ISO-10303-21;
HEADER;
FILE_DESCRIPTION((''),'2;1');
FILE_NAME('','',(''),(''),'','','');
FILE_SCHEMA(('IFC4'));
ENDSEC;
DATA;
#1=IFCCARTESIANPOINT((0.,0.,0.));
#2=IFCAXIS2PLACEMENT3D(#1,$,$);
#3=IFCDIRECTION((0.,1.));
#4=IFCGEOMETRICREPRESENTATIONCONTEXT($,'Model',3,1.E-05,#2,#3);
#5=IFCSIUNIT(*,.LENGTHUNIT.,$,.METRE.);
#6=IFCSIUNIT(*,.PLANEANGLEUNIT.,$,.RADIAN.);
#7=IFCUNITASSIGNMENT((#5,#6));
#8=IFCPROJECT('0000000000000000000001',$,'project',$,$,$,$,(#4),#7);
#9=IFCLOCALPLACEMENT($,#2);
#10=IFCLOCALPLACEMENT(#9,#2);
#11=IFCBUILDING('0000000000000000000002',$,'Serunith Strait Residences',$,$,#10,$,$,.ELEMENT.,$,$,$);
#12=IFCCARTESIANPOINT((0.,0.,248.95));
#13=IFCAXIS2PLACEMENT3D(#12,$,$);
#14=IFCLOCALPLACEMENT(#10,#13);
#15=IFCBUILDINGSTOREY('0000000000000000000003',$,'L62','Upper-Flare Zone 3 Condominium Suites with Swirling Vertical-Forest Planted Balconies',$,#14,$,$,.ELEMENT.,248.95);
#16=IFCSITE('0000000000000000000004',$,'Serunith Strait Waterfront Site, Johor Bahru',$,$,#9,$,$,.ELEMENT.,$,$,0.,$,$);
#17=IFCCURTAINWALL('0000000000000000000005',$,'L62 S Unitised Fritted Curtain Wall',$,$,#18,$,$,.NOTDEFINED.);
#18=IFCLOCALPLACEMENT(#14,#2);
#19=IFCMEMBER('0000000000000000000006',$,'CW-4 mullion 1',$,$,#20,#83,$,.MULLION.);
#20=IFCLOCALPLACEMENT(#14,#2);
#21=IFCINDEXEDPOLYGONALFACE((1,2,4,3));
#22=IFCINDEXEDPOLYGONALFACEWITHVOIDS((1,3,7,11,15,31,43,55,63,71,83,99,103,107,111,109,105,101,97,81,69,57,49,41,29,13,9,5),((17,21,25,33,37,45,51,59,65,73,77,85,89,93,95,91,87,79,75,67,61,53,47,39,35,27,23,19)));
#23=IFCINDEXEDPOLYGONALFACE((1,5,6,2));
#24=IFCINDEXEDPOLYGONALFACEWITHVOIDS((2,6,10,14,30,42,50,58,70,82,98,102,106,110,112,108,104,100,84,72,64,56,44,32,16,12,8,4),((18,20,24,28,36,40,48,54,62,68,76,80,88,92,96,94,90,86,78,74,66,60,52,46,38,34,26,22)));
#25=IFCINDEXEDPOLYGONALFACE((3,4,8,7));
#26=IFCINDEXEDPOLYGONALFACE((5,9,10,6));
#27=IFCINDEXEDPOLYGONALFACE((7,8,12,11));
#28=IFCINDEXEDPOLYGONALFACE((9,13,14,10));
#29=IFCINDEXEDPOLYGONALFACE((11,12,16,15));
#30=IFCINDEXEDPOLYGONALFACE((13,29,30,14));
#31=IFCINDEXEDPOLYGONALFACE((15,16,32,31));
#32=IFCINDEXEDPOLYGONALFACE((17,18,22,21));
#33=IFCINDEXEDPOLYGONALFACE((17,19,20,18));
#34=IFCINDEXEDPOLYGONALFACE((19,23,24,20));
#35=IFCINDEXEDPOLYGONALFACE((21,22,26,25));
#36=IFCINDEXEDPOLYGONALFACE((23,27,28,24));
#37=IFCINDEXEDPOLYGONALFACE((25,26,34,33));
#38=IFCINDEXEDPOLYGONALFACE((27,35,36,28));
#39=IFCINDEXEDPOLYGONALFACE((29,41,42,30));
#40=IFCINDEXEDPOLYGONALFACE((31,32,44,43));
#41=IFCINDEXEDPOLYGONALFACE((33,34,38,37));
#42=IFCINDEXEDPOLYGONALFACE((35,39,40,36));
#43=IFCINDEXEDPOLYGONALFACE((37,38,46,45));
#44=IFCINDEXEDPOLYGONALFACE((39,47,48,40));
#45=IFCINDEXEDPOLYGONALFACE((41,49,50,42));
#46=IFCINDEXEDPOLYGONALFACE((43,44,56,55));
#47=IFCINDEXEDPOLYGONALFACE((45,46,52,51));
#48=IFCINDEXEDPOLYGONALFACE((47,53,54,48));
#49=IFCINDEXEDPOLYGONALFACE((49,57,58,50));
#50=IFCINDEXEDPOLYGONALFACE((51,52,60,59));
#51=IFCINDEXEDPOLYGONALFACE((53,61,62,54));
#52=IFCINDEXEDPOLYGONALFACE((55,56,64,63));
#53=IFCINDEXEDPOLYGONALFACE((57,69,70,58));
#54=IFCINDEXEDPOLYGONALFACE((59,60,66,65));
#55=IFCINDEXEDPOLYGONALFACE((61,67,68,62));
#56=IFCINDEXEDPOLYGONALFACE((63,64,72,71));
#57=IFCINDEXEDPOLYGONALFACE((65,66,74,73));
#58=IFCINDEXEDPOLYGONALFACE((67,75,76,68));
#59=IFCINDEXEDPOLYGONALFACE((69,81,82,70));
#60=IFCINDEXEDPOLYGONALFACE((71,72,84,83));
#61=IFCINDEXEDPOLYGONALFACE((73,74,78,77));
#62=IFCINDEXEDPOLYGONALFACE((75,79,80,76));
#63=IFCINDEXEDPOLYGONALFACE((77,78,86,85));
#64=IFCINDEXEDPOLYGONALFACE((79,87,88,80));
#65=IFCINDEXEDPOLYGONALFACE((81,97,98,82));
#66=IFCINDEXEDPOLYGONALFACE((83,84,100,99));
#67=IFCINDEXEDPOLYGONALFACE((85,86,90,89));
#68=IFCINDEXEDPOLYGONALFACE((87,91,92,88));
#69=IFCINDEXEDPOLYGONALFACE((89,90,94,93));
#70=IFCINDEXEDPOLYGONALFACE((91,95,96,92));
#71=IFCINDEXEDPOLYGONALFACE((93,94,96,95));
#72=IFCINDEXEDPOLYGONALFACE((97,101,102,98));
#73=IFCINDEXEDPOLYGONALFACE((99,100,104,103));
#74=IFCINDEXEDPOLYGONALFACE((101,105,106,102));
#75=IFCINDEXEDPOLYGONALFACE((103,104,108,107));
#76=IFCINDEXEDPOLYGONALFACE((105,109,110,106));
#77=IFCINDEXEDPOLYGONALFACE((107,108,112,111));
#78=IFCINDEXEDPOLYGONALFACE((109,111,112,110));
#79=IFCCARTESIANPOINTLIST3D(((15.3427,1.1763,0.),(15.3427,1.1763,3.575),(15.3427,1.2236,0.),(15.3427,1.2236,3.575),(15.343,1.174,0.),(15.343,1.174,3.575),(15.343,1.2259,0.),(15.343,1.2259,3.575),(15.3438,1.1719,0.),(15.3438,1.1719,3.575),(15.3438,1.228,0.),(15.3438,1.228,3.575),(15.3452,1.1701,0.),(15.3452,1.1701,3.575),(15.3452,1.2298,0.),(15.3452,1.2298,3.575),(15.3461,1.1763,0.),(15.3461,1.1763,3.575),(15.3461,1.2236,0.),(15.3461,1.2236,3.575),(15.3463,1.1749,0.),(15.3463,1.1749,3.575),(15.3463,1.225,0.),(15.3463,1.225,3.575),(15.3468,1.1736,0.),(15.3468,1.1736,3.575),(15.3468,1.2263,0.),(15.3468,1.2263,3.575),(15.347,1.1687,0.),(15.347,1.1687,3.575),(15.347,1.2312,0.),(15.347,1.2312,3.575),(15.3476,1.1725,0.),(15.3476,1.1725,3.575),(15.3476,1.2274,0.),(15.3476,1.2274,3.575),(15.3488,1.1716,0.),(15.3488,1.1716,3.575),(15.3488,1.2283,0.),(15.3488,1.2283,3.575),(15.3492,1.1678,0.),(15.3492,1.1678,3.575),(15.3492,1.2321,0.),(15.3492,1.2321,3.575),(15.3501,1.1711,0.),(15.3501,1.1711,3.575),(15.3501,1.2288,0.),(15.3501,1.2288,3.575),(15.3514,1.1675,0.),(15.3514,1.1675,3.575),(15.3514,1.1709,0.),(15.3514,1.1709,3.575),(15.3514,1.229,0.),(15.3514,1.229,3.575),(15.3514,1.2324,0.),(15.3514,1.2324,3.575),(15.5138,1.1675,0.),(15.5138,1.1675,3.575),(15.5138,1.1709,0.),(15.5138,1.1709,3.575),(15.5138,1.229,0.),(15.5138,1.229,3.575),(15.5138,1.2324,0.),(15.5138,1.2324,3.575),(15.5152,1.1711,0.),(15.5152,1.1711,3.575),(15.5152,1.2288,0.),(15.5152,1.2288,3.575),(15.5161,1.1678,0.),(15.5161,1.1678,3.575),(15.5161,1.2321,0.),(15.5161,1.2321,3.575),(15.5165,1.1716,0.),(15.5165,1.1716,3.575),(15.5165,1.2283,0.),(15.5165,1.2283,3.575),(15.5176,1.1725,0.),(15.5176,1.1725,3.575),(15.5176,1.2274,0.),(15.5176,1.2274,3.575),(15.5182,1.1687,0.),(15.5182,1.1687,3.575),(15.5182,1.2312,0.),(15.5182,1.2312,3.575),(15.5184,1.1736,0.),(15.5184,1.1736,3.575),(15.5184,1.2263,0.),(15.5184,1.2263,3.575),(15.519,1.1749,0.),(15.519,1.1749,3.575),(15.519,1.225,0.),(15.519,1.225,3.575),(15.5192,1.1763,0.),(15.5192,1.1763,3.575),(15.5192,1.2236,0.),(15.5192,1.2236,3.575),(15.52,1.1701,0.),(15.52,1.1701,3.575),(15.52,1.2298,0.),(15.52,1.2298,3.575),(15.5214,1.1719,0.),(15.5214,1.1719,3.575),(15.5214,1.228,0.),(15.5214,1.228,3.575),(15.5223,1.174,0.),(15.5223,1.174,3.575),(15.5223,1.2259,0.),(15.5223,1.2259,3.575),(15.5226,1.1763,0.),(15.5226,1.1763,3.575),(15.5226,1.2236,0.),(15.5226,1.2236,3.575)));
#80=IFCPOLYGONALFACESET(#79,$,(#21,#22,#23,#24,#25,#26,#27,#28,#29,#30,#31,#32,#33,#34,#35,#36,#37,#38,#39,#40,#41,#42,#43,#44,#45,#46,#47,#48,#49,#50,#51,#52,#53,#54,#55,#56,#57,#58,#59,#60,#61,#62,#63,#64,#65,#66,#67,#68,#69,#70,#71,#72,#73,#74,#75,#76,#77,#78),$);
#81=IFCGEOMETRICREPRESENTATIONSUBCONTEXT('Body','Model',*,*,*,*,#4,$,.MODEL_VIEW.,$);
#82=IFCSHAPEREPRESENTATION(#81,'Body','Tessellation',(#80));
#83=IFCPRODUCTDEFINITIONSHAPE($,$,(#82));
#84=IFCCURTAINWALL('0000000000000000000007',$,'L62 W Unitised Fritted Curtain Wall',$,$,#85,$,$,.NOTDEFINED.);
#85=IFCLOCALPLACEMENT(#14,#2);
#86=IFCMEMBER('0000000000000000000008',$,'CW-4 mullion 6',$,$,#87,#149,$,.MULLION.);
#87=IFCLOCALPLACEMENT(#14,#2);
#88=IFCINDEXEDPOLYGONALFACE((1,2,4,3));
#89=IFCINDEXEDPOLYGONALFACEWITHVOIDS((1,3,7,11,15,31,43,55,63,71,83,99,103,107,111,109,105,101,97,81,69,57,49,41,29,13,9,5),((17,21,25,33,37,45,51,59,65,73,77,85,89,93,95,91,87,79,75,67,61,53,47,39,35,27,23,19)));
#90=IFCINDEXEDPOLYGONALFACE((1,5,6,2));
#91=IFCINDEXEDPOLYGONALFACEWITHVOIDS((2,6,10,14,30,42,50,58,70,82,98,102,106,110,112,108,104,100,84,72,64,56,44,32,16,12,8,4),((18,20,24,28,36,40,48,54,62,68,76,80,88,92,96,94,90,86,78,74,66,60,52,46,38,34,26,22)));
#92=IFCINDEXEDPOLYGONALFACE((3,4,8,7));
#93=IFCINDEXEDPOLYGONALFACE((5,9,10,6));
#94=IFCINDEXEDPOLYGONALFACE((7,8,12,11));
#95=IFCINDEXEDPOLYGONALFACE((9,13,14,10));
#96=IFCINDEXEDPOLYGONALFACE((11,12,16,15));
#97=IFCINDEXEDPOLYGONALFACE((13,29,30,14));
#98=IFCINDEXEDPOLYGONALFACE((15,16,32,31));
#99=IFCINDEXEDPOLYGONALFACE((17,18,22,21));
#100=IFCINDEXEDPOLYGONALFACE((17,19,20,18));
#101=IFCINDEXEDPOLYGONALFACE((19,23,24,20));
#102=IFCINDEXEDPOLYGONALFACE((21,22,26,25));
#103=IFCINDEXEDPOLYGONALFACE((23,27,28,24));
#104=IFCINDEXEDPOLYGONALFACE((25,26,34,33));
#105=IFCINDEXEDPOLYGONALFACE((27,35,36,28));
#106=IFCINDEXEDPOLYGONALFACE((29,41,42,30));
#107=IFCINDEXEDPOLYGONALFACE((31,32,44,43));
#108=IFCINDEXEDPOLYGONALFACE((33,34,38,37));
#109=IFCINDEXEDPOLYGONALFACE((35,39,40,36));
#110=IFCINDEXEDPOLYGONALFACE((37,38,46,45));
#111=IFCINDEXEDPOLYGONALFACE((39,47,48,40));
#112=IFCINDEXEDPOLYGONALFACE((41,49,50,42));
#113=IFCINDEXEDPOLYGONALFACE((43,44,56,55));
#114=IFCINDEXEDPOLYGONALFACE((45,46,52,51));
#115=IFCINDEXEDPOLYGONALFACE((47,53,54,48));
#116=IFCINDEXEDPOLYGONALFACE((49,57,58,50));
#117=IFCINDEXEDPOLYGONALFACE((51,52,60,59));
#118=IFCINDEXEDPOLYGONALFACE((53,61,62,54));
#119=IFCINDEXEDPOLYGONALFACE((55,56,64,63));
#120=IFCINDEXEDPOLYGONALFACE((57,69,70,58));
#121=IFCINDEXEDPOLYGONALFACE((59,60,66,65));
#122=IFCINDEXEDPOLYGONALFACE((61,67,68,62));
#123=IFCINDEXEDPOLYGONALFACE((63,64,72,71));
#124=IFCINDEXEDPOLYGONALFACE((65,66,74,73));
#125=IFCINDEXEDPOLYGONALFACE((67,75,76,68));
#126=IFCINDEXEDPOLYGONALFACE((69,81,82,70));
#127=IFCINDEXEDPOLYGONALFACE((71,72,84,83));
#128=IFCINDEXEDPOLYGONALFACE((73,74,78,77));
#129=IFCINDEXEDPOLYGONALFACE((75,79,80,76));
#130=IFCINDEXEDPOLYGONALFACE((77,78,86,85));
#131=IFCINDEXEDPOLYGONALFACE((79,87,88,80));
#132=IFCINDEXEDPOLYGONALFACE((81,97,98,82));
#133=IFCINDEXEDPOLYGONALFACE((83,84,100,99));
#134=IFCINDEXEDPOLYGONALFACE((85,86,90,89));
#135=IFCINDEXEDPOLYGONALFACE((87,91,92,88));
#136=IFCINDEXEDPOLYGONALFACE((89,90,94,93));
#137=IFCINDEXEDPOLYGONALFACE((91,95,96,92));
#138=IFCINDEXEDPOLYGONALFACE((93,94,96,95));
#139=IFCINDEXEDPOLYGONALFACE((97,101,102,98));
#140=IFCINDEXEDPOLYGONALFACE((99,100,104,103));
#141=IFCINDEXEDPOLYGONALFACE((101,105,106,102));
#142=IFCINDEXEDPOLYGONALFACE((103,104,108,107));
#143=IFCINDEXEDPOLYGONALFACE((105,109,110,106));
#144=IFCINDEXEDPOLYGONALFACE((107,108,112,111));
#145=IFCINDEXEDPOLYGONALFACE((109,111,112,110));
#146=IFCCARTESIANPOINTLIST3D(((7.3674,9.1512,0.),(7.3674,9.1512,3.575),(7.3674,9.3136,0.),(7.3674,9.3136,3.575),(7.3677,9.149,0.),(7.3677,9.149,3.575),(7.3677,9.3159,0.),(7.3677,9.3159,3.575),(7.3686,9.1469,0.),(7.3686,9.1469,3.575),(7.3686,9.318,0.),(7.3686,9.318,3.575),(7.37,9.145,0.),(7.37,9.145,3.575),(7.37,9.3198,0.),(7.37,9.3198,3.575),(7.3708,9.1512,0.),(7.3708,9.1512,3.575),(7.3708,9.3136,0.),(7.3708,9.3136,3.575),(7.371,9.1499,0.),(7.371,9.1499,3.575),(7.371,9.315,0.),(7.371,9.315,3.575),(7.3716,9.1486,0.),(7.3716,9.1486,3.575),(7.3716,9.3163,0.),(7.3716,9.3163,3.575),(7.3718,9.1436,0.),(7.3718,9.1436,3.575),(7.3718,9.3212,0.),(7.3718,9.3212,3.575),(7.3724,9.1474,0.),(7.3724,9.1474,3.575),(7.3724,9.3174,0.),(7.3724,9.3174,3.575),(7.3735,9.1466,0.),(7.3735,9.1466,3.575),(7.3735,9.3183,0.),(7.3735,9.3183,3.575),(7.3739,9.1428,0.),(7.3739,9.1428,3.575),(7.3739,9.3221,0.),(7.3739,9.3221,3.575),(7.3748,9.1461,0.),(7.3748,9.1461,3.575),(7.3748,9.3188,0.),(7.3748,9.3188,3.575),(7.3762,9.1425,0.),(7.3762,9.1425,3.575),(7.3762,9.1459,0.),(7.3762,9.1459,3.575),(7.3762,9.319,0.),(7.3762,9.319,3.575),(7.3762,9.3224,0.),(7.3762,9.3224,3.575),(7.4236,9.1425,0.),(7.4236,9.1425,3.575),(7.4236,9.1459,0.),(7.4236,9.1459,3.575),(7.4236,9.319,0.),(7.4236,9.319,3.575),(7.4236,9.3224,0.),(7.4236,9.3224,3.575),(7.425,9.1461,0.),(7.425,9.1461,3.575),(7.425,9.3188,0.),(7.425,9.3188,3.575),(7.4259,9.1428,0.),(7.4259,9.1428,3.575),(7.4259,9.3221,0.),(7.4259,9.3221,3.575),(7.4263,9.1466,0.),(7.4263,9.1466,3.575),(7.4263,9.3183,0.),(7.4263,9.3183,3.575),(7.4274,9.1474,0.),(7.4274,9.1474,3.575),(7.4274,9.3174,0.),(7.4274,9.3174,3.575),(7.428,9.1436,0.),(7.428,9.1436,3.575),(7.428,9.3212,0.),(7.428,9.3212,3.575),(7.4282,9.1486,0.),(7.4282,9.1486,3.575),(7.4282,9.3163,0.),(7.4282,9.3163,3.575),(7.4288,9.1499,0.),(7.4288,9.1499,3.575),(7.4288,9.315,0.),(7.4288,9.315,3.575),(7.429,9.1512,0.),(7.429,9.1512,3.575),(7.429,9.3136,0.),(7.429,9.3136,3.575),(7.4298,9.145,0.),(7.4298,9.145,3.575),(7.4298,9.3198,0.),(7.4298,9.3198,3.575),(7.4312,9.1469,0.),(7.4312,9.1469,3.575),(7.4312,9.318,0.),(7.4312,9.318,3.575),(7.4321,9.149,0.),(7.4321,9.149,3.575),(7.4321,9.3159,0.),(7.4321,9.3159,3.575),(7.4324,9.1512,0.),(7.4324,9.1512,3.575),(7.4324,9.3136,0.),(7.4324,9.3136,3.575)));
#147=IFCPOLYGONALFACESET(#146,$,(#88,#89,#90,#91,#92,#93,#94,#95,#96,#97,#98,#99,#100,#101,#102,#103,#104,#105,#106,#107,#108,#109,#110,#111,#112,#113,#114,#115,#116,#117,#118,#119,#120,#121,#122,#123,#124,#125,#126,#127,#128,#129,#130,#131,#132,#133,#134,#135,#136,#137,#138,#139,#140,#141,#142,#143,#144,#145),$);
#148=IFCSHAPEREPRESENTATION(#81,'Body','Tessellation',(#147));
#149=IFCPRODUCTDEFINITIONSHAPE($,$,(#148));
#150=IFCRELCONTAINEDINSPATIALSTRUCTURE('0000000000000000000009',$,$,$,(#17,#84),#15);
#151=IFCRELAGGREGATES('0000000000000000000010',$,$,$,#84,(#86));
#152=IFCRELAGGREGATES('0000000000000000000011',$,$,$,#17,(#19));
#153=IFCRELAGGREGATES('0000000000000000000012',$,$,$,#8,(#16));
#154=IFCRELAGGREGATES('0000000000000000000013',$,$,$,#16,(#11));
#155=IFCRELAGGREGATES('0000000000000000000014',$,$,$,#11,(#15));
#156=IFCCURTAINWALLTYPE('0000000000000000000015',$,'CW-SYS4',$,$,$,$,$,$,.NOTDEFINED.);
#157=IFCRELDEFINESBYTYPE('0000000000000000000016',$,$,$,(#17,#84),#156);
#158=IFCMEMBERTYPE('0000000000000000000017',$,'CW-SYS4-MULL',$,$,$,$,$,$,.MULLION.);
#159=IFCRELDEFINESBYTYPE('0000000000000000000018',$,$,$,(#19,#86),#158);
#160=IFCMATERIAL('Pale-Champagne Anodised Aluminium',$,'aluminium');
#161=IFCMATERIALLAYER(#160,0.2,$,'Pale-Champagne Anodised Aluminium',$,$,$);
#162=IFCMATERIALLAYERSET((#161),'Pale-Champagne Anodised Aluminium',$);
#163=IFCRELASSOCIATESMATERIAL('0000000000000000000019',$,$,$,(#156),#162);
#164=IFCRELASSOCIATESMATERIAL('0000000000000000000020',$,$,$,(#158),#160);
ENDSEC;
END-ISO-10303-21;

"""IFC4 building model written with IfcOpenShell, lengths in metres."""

from ifc_helpers import new_model, si_unit, direction, frame, origin, origin_2d, place, context, subcontext, project, spatial, hollow_rectangle, extrude, source, transform, mapped, material, layer, layer_set, material_profile, profile_set, type_object, element, aggregate, save


model = new_model("IFC4")

# Units and contexts
model_context = context("Model", 3, precision=1e-05, world=origin(), true_north=direction((0.0, 1.0)))
body_context = subcontext(model_context, "Body", "Model", "MODEL_VIEW")
ifc_project = project(units=[si_unit("LENGTHUNIT", "METRE"), si_unit("PLANEANGLEUNIT", "RADIAN")], contexts=[model_context])

# Site, building, storey
site_placement = place(None, origin())
site = spatial("IfcSite", under=ifc_project, at=site_placement, Name="Serunith Strait Waterfront Site, Johor Bahru", CompositionType="ELEMENT", RefElevation=0.0)
building_placement = place(site_placement, origin())
building = spatial("IfcBuilding", under=site, at=building_placement, Name="Serunith Strait Residences", CompositionType="ELEMENT")
storey_placement = place(building_placement, frame((0.0, 0.0, 248.95)))
storey = spatial("IfcBuildingStorey", under=building, at=storey_placement, Name="L62", Description="Upper-Flare Zone 3 Condominium Suites with Swirling Vertical-Forest Planted Balconies", CompositionType="ELEMENT", Elevation=248.95)

# Curtain walls, members
ifc_material_1 = material(Name="Pale-Champagne Anodised Aluminium", Category="aluminium")
ifc_layer_1 = layer(ifc_material_1, 0.2, Name="Pale-Champagne Anodised Aluminium")
ifc_layer_set_1 = layer_set([ifc_layer_1], Name="Pale-Champagne Anodised Aluminium")
curtain_wall_type = type_object("IfcCurtainWallType", Name="CW-SYS4", PredefinedType="NOTDEFINED", material=ifc_layer_set_1)
curtain_wall_1_placement = place(storey_placement, origin())
curtain_wall_1 = element("IfcCurtainWall", 1, at=curtain_wall_1_placement, inside=storey, type_object=curtain_wall_type, Name="L62 S Unitised Fritted Curtain Wall", PredefinedType="NOTDEFINED")
ifc_material_profile_1 = material_profile(ifc_material_1, hollow_rectangle(XDim=0.0649, YDim=0.1799, WallThickness=0.0034, InnerFilletRadius=0.0054, OuterFilletRadius=0.0088, at=origin_2d()), Name="ALU 180x65x3.5")
ifc_profile_set_1 = profile_set([ifc_material_profile_1], Name="Pale-Champagne Anodised Aluminium")
member_type_1 = type_object("IfcMemberType", Name="CW-SYS4-MULL", PredefinedType="MULLION", material=ifc_profile_set_1)
shared_shape_1 = source(origin(), body_context, "Body", "SweptSolid", [
    extrude(hollow_rectangle(XDim=0.0649, YDim=0.1799, WallThickness=0.0034, InnerFilletRadius=0.0054, OuterFilletRadius=0.0088, at=origin_2d()), origin(), (0.0, 0.0, 1.0), 3.575),
])
member_1_placement = place(storey_placement, frame((15.4326, 1.2, 0.0), z_axis=(0.0, 0.0, 1.0), x_axis=(0.0, 1.0, 0.0)))
member_1 = element("IfcMember", 2, at=member_1_placement, type_object=member_type_1, Name="CW-4 mullion 1", PredefinedType="MULLION", context=body_context, shape_type="MappedRepresentation", body=[
    mapped(shared_shape_1, transform((0.0, 0.0, 0.0), scale=1.0)),
])
curtain_wall_2_placement = place(storey_placement, origin())
curtain_wall_2 = element("IfcCurtainWall", 3, at=curtain_wall_2_placement, inside=storey, type_object=curtain_wall_type, Name="L62 W Unitised Fritted Curtain Wall", PredefinedType="NOTDEFINED")
member_2_placement = place(storey_placement, frame((7.3999, 9.2324, 0.0), z_axis=(0.0, 0.0, 1.0), x_axis=(1.0, 0.0, 0.0)))
member_2 = element("IfcMember", 4, at=member_2_placement, type_object=member_type_1, Name="CW-4 mullion 6", PredefinedType="MULLION", context=body_context, shape_type="MappedRepresentation", body=[
    mapped(shared_shape_1, transform((0.0, 0.0, 0.0), scale=1.0)),
])
aggregate(curtain_wall_2, [member_2])

aggregate(curtain_wall_1, [member_1])

save(model, "model.ifc")
